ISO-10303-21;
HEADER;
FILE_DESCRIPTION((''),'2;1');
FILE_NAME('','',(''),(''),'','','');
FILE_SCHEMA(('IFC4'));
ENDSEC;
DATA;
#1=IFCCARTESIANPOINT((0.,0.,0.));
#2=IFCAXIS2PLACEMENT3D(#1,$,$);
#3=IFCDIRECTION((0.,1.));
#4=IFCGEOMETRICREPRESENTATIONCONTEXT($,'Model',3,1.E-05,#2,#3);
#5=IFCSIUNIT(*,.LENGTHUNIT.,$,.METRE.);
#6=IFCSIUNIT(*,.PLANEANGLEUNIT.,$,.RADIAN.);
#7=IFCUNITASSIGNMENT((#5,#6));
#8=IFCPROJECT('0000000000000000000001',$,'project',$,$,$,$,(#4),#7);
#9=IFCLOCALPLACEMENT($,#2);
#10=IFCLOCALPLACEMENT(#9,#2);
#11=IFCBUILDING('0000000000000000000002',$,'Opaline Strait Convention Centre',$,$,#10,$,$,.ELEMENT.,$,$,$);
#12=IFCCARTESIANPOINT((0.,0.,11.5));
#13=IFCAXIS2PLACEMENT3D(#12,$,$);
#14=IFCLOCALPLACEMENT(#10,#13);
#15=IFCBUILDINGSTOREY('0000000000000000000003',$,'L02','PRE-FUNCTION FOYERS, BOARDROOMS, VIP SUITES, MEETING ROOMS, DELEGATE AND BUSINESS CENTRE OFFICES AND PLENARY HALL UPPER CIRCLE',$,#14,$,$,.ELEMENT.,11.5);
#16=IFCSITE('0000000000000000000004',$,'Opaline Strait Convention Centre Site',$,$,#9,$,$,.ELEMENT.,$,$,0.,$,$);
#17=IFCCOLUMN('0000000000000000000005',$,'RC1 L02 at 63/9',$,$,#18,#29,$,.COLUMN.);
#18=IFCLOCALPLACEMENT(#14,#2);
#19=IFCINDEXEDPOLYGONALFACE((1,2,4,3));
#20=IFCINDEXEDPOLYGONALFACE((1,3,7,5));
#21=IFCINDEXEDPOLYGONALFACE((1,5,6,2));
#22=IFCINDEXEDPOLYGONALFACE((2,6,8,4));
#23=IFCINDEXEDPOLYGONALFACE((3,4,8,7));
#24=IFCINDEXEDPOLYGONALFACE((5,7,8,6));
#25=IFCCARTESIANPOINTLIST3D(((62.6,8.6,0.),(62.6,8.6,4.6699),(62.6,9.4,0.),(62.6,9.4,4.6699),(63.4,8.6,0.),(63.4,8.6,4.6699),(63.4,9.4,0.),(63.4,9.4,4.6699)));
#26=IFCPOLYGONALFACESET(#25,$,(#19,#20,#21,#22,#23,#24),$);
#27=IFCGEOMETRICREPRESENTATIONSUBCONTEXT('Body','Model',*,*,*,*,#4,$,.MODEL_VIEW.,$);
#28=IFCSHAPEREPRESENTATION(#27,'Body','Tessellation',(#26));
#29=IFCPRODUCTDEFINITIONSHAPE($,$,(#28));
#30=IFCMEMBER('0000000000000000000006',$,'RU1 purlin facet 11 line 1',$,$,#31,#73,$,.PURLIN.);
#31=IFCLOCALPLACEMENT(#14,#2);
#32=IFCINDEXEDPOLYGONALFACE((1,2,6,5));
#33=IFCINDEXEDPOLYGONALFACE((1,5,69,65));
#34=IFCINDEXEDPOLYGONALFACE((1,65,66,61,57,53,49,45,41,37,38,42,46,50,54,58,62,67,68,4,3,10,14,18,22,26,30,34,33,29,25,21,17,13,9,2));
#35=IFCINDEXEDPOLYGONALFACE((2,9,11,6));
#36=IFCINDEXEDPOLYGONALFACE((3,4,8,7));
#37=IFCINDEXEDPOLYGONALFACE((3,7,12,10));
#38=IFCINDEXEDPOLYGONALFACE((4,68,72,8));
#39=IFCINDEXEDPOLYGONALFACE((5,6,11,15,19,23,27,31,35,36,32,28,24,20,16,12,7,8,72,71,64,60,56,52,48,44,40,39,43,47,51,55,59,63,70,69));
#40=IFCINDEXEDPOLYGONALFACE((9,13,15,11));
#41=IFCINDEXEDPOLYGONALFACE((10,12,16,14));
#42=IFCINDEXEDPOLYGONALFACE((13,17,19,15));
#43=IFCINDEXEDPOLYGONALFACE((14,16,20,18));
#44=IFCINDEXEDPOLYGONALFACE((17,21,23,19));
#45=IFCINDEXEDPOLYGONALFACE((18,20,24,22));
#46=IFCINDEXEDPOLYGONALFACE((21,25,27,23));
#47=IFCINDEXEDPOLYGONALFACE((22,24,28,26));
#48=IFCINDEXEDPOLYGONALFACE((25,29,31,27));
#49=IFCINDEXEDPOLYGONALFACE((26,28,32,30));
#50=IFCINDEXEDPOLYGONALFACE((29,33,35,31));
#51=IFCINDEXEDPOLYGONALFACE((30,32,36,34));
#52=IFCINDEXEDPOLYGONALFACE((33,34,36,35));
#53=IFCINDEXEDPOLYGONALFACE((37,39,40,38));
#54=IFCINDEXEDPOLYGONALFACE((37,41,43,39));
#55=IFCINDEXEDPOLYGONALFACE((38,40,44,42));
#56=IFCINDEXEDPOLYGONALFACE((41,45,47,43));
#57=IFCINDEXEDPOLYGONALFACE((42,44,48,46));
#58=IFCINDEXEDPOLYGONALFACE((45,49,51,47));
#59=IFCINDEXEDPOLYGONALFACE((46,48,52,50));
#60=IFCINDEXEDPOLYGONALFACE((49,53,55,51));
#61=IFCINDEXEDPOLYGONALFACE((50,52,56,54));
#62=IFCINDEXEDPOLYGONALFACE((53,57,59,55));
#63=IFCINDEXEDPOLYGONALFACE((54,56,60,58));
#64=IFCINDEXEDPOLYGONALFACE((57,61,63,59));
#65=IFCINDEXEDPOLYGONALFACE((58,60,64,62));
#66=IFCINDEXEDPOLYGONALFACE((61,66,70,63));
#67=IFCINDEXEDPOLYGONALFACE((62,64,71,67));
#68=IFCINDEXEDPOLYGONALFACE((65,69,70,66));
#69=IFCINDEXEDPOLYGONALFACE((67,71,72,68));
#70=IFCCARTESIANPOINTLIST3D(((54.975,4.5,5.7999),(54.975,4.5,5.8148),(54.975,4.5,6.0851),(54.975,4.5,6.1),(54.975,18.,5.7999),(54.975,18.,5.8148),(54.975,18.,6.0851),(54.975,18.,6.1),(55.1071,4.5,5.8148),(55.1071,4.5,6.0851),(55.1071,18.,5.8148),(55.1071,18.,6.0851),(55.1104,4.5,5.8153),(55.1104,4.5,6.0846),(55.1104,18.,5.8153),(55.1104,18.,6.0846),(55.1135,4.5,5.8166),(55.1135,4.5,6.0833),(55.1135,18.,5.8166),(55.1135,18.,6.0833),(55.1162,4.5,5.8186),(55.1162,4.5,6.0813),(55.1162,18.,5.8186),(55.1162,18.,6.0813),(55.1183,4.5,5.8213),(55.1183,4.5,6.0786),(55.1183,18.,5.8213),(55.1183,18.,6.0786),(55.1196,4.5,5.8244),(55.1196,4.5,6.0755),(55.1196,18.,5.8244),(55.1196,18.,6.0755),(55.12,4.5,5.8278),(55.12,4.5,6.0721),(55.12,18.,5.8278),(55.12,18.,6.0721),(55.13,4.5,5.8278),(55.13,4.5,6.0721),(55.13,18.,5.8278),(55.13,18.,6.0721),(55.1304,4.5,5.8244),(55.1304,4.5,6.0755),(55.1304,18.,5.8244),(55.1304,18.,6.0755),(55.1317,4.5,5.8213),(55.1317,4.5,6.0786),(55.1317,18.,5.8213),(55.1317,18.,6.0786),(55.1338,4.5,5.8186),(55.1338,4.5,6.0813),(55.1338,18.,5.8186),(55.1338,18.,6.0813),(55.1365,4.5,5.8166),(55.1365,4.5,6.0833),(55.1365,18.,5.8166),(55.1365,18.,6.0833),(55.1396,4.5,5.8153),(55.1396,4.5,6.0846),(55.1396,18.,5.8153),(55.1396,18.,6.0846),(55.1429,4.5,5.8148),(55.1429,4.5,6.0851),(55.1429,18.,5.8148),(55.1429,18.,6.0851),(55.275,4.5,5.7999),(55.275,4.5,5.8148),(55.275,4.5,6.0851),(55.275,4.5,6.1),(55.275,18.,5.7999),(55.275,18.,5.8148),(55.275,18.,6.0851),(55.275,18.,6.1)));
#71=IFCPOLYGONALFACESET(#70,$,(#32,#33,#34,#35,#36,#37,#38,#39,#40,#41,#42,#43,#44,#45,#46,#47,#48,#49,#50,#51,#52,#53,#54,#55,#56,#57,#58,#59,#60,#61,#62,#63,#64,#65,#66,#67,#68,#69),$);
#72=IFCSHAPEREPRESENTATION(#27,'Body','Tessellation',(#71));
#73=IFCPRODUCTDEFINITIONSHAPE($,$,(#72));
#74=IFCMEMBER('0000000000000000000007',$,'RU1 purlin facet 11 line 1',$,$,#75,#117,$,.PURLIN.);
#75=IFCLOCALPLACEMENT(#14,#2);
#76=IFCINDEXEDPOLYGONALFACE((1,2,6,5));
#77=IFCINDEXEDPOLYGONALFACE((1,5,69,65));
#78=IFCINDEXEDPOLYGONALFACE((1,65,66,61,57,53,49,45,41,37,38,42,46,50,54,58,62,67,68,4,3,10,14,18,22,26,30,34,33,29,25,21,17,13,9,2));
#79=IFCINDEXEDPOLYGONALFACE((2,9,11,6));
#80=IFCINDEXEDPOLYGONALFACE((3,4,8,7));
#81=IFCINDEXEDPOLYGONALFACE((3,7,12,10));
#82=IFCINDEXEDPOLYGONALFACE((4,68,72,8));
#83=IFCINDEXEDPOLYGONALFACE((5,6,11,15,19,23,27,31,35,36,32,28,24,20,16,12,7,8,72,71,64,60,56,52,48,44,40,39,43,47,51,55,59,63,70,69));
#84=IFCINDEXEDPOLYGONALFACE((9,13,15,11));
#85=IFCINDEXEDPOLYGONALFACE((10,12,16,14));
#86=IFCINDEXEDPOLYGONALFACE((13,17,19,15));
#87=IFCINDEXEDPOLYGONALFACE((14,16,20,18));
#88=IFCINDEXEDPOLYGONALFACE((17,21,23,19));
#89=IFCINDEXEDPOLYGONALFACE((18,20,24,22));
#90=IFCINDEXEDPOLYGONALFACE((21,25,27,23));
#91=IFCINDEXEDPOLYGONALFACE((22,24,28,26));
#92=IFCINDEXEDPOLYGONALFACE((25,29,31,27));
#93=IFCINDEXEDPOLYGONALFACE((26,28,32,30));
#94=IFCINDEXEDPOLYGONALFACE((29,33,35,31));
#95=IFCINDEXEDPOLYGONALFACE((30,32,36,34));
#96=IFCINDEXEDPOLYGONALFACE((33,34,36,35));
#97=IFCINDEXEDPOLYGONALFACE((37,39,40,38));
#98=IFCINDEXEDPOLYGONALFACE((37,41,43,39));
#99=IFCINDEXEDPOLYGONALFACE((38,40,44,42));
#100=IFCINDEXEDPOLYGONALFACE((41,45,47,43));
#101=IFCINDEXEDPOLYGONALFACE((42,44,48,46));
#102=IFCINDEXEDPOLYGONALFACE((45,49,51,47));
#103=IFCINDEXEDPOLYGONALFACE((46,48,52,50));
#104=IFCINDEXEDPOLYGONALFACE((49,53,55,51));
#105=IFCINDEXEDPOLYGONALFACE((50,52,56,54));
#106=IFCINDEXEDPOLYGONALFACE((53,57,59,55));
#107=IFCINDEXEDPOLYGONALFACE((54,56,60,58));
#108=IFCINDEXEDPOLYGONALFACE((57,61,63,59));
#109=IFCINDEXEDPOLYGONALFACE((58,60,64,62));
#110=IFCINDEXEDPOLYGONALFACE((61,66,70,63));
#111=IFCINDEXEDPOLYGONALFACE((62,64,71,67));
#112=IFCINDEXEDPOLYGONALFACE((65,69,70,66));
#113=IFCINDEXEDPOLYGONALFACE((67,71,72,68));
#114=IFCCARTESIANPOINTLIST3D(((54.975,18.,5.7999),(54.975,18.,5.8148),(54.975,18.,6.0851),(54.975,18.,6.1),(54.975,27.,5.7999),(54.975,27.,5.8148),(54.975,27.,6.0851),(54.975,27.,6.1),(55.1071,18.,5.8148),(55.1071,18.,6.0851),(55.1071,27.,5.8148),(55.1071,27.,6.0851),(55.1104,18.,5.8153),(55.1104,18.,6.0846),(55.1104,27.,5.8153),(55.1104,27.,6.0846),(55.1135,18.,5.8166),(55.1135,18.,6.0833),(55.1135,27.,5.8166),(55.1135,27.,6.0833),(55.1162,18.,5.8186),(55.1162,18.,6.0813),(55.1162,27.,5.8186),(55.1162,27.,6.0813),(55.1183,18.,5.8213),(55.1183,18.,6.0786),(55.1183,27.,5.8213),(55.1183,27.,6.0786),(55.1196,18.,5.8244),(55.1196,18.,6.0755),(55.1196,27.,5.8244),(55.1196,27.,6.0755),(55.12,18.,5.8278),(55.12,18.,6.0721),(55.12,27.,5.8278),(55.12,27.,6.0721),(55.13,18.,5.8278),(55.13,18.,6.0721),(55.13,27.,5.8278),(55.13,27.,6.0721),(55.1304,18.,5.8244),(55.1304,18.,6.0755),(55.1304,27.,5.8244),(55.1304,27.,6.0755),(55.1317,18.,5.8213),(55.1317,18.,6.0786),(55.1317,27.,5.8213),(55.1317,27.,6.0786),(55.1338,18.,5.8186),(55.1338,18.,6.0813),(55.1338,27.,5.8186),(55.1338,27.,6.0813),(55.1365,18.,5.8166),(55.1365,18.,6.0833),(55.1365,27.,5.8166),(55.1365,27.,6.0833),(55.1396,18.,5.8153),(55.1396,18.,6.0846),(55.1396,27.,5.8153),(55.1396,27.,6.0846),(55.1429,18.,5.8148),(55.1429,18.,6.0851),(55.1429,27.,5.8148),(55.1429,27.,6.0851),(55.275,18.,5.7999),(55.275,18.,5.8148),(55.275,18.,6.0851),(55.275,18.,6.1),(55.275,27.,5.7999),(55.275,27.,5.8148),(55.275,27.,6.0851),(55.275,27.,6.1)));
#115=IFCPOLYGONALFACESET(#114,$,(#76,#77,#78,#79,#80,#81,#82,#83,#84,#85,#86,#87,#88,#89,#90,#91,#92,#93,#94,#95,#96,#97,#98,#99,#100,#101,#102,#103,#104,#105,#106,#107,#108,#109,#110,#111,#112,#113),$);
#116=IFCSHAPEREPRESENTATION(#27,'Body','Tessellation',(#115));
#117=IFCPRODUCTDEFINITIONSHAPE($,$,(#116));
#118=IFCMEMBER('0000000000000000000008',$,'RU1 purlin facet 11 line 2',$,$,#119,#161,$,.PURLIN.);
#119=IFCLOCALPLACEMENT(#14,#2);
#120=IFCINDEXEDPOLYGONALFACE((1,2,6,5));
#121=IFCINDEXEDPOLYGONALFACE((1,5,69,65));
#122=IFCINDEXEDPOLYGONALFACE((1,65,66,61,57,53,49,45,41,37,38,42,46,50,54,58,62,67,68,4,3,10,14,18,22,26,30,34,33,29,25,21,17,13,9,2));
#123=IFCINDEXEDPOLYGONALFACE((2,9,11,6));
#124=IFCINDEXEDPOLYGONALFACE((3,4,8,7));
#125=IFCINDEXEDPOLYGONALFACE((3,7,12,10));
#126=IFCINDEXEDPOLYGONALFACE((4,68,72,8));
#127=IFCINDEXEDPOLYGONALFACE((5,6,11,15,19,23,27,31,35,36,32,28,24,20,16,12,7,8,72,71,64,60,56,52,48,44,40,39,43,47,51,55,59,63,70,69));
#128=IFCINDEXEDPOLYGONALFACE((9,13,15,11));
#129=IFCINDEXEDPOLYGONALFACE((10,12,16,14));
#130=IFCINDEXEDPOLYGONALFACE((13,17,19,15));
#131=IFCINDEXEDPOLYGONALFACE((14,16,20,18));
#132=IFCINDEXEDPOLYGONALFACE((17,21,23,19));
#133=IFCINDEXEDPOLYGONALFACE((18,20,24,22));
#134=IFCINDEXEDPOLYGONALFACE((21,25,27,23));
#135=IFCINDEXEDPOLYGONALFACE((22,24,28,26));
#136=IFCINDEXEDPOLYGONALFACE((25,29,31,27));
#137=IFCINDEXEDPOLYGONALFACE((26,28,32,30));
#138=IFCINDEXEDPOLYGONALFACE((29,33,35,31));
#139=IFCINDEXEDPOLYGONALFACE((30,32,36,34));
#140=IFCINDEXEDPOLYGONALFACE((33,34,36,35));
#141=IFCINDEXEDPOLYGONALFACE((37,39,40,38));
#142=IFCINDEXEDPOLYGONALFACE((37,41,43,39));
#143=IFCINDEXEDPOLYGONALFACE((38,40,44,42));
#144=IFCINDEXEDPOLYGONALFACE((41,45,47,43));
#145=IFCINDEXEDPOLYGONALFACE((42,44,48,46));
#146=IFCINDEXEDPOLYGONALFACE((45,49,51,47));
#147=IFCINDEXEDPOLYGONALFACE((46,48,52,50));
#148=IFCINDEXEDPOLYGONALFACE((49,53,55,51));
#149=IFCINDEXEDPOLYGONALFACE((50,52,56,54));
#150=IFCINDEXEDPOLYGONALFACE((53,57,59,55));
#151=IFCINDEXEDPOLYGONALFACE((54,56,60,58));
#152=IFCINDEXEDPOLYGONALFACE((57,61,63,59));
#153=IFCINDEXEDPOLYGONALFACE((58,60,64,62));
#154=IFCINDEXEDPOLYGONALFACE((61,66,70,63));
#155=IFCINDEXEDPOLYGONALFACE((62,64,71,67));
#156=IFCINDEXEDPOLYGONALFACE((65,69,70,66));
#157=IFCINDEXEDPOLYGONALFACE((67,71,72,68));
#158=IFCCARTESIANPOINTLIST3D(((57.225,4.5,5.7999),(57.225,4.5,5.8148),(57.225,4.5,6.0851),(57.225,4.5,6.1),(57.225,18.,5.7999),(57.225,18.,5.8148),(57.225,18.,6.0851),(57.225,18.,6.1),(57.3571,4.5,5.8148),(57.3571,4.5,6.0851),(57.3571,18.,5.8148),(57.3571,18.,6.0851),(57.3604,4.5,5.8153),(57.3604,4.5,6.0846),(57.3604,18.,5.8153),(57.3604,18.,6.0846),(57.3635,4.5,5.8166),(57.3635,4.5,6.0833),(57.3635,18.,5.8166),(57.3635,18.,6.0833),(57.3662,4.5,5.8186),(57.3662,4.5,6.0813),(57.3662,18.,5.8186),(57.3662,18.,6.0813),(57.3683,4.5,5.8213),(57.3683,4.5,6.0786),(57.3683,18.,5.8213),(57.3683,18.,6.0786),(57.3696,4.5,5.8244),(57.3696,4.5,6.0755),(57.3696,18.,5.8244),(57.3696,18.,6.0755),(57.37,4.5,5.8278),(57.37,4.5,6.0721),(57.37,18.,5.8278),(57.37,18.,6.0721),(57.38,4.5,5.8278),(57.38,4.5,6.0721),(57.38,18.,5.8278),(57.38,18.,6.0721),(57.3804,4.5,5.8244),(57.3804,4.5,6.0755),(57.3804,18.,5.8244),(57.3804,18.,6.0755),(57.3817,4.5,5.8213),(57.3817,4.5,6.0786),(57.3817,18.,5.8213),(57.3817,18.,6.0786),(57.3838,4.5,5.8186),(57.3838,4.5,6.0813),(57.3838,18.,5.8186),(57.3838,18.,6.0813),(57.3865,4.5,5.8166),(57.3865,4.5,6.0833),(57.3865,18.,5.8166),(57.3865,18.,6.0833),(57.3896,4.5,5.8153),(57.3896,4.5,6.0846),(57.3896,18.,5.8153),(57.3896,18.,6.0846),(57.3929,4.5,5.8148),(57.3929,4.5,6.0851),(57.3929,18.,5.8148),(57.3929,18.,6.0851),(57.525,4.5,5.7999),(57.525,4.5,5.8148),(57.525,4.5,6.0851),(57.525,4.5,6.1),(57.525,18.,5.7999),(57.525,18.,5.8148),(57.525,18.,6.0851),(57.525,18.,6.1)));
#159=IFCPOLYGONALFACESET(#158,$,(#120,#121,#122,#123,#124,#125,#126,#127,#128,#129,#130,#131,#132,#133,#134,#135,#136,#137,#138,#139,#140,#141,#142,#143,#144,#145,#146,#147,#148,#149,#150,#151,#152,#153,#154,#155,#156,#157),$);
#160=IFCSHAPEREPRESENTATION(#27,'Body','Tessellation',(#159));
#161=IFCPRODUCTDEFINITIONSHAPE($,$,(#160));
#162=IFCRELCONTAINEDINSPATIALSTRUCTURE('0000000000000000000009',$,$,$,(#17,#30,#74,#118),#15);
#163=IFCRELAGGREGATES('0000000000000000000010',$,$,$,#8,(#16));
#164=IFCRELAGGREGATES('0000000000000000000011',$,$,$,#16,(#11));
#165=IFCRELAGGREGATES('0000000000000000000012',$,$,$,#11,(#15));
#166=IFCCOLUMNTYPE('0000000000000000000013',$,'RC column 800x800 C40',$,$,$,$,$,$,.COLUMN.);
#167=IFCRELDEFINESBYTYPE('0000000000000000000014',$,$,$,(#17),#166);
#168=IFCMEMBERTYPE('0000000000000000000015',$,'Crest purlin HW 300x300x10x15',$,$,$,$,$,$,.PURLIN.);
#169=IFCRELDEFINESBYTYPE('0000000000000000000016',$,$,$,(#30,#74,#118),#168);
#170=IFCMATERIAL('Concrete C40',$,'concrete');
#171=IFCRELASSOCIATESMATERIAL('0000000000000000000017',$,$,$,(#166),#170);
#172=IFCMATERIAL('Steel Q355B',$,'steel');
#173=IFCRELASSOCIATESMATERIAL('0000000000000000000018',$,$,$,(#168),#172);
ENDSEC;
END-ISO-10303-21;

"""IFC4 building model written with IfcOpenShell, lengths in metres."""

from ifc_helpers import new_model, si_unit, direction, frame, origin, origin_2d, place, context, subcontext, project, spatial, rectangle, i_section, extrude, material, material_profile, profile_set, type_object, element, save


model = new_model("IFC4")

# Units and contexts
model_context = context("Model", 3, precision=1e-05, world=origin(), true_north=direction((0.0, 1.0)))
body_context = subcontext(model_context, "Body", "Model", "MODEL_VIEW")
ifc_project = project(units=[si_unit("LENGTHUNIT", "METRE"), si_unit("PLANEANGLEUNIT", "RADIAN")], contexts=[model_context])

# Site, building, storey
site_placement = place(None, origin())
site = spatial("IfcSite", under=ifc_project, at=site_placement, Name="Opaline Strait Convention Centre Site", CompositionType="ELEMENT", RefElevation=0.0)
building_placement = place(site_placement, origin())
building = spatial("IfcBuilding", under=site, at=building_placement, Name="Opaline Strait Convention Centre", CompositionType="ELEMENT")
storey_placement = place(building_placement, frame((0.0, 0.0, 11.5)))
storey = spatial("IfcBuildingStorey", under=building, at=storey_placement, Name="L02", Description="PRE-FUNCTION FOYERS, BOARDROOMS, VIP SUITES, MEETING ROOMS, DELEGATE AND BUSINESS CENTRE OFFICES AND PLENARY HALL UPPER CIRCLE", CompositionType="ELEMENT", Elevation=11.5)

# Column
ifc_material_1 = material(Name="Concrete C40", Category="concrete")
ifc_material_profile_1 = material_profile(ifc_material_1, rectangle(XDim=0.8, YDim=0.8, at=origin_2d()), Name="RC 800x800")
ifc_profile_set_1 = profile_set([ifc_material_profile_1], Name="Concrete C40")
column_type = type_object("IfcColumnType", Name="RC column 800x800 C40", PredefinedType="COLUMN", material=ifc_profile_set_1)
column_placement = place(storey_placement, frame((63.0, 9.0, 0.0), z_axis=(0.0, 0.0, 1.0), x_axis=(1.0, 0.0, 0.0)))
element("IfcColumn", 1, at=column_placement, inside=storey, type_object=column_type, Name="RC1 L02 at 63/9", PredefinedType="COLUMN", context=body_context, shape_type="SweptSolid", body=[
    extrude(rectangle(XDim=0.8, YDim=0.8, at=origin_2d()), origin(), (0.0, 0.0, 1.0), 4.6699),
])

# Members
ifc_material_2 = material(Name="Steel Q355B", Category="steel")
ifc_material_profile_2 = material_profile(ifc_material_2, i_section(OverallWidth=0.3, OverallDepth=0.3, WebThickness=0.01, FlangeThickness=0.0149, FilletRadius=0.0129, at=origin_2d()), Name="HW 300x300x10x15")
ifc_profile_set_2 = profile_set([ifc_material_profile_2], Name="Steel Q355B")
member_type_1 = type_object("IfcMemberType", Name="Crest purlin HW 300x300x10x15", PredefinedType="PURLIN", material=ifc_profile_set_2)
member_1_placement = place(storey_placement, frame((55.125, 4.5, 5.95), z_axis=(0.0, 1.0, 0.0), x_axis=(-1.0, 0.0, 0.0)))
element("IfcMember", 2, at=member_1_placement, inside=storey, type_object=member_type_1, Name="RU1 purlin facet 11 line 1", PredefinedType="PURLIN", context=body_context, shape_type="SweptSolid", body=[
    extrude(i_section(OverallWidth=0.3, OverallDepth=0.3, WebThickness=0.01, FlangeThickness=0.0149, FilletRadius=0.0129, at=origin_2d()), origin(), (0.0, 0.0, 1.0), 13.5),
])
member_2_placement = place(storey_placement, frame((55.125, 18.0, 5.95), z_axis=(0.0, 1.0, 0.0), x_axis=(-1.0, 0.0, 0.0)))
element("IfcMember", 3, at=member_2_placement, inside=storey, type_object=member_type_1, Name="RU1 purlin facet 11 line 1", PredefinedType="PURLIN", context=body_context, shape_type="SweptSolid", body=[
    extrude(i_section(OverallWidth=0.3, OverallDepth=0.3, WebThickness=0.01, FlangeThickness=0.0149, FilletRadius=0.0129, at=origin_2d()), origin(), (0.0, 0.0, 1.0), 9.0),
])
member_3_placement = place(storey_placement, frame((57.375, 4.5, 5.95), z_axis=(0.0, 1.0, 0.0), x_axis=(-1.0, 0.0, 0.0)))
element("IfcMember", 4, at=member_3_placement, inside=storey, type_object=member_type_1, Name="RU1 purlin facet 11 line 2", PredefinedType="PURLIN", context=body_context, shape_type="SweptSolid", body=[
    extrude(i_section(OverallWidth=0.3, OverallDepth=0.3, WebThickness=0.01, FlangeThickness=0.0149, FilletRadius=0.0129, at=origin_2d()), origin(), (0.0, 0.0, 1.0), 13.5),
])

save(model, "model.ifc")
